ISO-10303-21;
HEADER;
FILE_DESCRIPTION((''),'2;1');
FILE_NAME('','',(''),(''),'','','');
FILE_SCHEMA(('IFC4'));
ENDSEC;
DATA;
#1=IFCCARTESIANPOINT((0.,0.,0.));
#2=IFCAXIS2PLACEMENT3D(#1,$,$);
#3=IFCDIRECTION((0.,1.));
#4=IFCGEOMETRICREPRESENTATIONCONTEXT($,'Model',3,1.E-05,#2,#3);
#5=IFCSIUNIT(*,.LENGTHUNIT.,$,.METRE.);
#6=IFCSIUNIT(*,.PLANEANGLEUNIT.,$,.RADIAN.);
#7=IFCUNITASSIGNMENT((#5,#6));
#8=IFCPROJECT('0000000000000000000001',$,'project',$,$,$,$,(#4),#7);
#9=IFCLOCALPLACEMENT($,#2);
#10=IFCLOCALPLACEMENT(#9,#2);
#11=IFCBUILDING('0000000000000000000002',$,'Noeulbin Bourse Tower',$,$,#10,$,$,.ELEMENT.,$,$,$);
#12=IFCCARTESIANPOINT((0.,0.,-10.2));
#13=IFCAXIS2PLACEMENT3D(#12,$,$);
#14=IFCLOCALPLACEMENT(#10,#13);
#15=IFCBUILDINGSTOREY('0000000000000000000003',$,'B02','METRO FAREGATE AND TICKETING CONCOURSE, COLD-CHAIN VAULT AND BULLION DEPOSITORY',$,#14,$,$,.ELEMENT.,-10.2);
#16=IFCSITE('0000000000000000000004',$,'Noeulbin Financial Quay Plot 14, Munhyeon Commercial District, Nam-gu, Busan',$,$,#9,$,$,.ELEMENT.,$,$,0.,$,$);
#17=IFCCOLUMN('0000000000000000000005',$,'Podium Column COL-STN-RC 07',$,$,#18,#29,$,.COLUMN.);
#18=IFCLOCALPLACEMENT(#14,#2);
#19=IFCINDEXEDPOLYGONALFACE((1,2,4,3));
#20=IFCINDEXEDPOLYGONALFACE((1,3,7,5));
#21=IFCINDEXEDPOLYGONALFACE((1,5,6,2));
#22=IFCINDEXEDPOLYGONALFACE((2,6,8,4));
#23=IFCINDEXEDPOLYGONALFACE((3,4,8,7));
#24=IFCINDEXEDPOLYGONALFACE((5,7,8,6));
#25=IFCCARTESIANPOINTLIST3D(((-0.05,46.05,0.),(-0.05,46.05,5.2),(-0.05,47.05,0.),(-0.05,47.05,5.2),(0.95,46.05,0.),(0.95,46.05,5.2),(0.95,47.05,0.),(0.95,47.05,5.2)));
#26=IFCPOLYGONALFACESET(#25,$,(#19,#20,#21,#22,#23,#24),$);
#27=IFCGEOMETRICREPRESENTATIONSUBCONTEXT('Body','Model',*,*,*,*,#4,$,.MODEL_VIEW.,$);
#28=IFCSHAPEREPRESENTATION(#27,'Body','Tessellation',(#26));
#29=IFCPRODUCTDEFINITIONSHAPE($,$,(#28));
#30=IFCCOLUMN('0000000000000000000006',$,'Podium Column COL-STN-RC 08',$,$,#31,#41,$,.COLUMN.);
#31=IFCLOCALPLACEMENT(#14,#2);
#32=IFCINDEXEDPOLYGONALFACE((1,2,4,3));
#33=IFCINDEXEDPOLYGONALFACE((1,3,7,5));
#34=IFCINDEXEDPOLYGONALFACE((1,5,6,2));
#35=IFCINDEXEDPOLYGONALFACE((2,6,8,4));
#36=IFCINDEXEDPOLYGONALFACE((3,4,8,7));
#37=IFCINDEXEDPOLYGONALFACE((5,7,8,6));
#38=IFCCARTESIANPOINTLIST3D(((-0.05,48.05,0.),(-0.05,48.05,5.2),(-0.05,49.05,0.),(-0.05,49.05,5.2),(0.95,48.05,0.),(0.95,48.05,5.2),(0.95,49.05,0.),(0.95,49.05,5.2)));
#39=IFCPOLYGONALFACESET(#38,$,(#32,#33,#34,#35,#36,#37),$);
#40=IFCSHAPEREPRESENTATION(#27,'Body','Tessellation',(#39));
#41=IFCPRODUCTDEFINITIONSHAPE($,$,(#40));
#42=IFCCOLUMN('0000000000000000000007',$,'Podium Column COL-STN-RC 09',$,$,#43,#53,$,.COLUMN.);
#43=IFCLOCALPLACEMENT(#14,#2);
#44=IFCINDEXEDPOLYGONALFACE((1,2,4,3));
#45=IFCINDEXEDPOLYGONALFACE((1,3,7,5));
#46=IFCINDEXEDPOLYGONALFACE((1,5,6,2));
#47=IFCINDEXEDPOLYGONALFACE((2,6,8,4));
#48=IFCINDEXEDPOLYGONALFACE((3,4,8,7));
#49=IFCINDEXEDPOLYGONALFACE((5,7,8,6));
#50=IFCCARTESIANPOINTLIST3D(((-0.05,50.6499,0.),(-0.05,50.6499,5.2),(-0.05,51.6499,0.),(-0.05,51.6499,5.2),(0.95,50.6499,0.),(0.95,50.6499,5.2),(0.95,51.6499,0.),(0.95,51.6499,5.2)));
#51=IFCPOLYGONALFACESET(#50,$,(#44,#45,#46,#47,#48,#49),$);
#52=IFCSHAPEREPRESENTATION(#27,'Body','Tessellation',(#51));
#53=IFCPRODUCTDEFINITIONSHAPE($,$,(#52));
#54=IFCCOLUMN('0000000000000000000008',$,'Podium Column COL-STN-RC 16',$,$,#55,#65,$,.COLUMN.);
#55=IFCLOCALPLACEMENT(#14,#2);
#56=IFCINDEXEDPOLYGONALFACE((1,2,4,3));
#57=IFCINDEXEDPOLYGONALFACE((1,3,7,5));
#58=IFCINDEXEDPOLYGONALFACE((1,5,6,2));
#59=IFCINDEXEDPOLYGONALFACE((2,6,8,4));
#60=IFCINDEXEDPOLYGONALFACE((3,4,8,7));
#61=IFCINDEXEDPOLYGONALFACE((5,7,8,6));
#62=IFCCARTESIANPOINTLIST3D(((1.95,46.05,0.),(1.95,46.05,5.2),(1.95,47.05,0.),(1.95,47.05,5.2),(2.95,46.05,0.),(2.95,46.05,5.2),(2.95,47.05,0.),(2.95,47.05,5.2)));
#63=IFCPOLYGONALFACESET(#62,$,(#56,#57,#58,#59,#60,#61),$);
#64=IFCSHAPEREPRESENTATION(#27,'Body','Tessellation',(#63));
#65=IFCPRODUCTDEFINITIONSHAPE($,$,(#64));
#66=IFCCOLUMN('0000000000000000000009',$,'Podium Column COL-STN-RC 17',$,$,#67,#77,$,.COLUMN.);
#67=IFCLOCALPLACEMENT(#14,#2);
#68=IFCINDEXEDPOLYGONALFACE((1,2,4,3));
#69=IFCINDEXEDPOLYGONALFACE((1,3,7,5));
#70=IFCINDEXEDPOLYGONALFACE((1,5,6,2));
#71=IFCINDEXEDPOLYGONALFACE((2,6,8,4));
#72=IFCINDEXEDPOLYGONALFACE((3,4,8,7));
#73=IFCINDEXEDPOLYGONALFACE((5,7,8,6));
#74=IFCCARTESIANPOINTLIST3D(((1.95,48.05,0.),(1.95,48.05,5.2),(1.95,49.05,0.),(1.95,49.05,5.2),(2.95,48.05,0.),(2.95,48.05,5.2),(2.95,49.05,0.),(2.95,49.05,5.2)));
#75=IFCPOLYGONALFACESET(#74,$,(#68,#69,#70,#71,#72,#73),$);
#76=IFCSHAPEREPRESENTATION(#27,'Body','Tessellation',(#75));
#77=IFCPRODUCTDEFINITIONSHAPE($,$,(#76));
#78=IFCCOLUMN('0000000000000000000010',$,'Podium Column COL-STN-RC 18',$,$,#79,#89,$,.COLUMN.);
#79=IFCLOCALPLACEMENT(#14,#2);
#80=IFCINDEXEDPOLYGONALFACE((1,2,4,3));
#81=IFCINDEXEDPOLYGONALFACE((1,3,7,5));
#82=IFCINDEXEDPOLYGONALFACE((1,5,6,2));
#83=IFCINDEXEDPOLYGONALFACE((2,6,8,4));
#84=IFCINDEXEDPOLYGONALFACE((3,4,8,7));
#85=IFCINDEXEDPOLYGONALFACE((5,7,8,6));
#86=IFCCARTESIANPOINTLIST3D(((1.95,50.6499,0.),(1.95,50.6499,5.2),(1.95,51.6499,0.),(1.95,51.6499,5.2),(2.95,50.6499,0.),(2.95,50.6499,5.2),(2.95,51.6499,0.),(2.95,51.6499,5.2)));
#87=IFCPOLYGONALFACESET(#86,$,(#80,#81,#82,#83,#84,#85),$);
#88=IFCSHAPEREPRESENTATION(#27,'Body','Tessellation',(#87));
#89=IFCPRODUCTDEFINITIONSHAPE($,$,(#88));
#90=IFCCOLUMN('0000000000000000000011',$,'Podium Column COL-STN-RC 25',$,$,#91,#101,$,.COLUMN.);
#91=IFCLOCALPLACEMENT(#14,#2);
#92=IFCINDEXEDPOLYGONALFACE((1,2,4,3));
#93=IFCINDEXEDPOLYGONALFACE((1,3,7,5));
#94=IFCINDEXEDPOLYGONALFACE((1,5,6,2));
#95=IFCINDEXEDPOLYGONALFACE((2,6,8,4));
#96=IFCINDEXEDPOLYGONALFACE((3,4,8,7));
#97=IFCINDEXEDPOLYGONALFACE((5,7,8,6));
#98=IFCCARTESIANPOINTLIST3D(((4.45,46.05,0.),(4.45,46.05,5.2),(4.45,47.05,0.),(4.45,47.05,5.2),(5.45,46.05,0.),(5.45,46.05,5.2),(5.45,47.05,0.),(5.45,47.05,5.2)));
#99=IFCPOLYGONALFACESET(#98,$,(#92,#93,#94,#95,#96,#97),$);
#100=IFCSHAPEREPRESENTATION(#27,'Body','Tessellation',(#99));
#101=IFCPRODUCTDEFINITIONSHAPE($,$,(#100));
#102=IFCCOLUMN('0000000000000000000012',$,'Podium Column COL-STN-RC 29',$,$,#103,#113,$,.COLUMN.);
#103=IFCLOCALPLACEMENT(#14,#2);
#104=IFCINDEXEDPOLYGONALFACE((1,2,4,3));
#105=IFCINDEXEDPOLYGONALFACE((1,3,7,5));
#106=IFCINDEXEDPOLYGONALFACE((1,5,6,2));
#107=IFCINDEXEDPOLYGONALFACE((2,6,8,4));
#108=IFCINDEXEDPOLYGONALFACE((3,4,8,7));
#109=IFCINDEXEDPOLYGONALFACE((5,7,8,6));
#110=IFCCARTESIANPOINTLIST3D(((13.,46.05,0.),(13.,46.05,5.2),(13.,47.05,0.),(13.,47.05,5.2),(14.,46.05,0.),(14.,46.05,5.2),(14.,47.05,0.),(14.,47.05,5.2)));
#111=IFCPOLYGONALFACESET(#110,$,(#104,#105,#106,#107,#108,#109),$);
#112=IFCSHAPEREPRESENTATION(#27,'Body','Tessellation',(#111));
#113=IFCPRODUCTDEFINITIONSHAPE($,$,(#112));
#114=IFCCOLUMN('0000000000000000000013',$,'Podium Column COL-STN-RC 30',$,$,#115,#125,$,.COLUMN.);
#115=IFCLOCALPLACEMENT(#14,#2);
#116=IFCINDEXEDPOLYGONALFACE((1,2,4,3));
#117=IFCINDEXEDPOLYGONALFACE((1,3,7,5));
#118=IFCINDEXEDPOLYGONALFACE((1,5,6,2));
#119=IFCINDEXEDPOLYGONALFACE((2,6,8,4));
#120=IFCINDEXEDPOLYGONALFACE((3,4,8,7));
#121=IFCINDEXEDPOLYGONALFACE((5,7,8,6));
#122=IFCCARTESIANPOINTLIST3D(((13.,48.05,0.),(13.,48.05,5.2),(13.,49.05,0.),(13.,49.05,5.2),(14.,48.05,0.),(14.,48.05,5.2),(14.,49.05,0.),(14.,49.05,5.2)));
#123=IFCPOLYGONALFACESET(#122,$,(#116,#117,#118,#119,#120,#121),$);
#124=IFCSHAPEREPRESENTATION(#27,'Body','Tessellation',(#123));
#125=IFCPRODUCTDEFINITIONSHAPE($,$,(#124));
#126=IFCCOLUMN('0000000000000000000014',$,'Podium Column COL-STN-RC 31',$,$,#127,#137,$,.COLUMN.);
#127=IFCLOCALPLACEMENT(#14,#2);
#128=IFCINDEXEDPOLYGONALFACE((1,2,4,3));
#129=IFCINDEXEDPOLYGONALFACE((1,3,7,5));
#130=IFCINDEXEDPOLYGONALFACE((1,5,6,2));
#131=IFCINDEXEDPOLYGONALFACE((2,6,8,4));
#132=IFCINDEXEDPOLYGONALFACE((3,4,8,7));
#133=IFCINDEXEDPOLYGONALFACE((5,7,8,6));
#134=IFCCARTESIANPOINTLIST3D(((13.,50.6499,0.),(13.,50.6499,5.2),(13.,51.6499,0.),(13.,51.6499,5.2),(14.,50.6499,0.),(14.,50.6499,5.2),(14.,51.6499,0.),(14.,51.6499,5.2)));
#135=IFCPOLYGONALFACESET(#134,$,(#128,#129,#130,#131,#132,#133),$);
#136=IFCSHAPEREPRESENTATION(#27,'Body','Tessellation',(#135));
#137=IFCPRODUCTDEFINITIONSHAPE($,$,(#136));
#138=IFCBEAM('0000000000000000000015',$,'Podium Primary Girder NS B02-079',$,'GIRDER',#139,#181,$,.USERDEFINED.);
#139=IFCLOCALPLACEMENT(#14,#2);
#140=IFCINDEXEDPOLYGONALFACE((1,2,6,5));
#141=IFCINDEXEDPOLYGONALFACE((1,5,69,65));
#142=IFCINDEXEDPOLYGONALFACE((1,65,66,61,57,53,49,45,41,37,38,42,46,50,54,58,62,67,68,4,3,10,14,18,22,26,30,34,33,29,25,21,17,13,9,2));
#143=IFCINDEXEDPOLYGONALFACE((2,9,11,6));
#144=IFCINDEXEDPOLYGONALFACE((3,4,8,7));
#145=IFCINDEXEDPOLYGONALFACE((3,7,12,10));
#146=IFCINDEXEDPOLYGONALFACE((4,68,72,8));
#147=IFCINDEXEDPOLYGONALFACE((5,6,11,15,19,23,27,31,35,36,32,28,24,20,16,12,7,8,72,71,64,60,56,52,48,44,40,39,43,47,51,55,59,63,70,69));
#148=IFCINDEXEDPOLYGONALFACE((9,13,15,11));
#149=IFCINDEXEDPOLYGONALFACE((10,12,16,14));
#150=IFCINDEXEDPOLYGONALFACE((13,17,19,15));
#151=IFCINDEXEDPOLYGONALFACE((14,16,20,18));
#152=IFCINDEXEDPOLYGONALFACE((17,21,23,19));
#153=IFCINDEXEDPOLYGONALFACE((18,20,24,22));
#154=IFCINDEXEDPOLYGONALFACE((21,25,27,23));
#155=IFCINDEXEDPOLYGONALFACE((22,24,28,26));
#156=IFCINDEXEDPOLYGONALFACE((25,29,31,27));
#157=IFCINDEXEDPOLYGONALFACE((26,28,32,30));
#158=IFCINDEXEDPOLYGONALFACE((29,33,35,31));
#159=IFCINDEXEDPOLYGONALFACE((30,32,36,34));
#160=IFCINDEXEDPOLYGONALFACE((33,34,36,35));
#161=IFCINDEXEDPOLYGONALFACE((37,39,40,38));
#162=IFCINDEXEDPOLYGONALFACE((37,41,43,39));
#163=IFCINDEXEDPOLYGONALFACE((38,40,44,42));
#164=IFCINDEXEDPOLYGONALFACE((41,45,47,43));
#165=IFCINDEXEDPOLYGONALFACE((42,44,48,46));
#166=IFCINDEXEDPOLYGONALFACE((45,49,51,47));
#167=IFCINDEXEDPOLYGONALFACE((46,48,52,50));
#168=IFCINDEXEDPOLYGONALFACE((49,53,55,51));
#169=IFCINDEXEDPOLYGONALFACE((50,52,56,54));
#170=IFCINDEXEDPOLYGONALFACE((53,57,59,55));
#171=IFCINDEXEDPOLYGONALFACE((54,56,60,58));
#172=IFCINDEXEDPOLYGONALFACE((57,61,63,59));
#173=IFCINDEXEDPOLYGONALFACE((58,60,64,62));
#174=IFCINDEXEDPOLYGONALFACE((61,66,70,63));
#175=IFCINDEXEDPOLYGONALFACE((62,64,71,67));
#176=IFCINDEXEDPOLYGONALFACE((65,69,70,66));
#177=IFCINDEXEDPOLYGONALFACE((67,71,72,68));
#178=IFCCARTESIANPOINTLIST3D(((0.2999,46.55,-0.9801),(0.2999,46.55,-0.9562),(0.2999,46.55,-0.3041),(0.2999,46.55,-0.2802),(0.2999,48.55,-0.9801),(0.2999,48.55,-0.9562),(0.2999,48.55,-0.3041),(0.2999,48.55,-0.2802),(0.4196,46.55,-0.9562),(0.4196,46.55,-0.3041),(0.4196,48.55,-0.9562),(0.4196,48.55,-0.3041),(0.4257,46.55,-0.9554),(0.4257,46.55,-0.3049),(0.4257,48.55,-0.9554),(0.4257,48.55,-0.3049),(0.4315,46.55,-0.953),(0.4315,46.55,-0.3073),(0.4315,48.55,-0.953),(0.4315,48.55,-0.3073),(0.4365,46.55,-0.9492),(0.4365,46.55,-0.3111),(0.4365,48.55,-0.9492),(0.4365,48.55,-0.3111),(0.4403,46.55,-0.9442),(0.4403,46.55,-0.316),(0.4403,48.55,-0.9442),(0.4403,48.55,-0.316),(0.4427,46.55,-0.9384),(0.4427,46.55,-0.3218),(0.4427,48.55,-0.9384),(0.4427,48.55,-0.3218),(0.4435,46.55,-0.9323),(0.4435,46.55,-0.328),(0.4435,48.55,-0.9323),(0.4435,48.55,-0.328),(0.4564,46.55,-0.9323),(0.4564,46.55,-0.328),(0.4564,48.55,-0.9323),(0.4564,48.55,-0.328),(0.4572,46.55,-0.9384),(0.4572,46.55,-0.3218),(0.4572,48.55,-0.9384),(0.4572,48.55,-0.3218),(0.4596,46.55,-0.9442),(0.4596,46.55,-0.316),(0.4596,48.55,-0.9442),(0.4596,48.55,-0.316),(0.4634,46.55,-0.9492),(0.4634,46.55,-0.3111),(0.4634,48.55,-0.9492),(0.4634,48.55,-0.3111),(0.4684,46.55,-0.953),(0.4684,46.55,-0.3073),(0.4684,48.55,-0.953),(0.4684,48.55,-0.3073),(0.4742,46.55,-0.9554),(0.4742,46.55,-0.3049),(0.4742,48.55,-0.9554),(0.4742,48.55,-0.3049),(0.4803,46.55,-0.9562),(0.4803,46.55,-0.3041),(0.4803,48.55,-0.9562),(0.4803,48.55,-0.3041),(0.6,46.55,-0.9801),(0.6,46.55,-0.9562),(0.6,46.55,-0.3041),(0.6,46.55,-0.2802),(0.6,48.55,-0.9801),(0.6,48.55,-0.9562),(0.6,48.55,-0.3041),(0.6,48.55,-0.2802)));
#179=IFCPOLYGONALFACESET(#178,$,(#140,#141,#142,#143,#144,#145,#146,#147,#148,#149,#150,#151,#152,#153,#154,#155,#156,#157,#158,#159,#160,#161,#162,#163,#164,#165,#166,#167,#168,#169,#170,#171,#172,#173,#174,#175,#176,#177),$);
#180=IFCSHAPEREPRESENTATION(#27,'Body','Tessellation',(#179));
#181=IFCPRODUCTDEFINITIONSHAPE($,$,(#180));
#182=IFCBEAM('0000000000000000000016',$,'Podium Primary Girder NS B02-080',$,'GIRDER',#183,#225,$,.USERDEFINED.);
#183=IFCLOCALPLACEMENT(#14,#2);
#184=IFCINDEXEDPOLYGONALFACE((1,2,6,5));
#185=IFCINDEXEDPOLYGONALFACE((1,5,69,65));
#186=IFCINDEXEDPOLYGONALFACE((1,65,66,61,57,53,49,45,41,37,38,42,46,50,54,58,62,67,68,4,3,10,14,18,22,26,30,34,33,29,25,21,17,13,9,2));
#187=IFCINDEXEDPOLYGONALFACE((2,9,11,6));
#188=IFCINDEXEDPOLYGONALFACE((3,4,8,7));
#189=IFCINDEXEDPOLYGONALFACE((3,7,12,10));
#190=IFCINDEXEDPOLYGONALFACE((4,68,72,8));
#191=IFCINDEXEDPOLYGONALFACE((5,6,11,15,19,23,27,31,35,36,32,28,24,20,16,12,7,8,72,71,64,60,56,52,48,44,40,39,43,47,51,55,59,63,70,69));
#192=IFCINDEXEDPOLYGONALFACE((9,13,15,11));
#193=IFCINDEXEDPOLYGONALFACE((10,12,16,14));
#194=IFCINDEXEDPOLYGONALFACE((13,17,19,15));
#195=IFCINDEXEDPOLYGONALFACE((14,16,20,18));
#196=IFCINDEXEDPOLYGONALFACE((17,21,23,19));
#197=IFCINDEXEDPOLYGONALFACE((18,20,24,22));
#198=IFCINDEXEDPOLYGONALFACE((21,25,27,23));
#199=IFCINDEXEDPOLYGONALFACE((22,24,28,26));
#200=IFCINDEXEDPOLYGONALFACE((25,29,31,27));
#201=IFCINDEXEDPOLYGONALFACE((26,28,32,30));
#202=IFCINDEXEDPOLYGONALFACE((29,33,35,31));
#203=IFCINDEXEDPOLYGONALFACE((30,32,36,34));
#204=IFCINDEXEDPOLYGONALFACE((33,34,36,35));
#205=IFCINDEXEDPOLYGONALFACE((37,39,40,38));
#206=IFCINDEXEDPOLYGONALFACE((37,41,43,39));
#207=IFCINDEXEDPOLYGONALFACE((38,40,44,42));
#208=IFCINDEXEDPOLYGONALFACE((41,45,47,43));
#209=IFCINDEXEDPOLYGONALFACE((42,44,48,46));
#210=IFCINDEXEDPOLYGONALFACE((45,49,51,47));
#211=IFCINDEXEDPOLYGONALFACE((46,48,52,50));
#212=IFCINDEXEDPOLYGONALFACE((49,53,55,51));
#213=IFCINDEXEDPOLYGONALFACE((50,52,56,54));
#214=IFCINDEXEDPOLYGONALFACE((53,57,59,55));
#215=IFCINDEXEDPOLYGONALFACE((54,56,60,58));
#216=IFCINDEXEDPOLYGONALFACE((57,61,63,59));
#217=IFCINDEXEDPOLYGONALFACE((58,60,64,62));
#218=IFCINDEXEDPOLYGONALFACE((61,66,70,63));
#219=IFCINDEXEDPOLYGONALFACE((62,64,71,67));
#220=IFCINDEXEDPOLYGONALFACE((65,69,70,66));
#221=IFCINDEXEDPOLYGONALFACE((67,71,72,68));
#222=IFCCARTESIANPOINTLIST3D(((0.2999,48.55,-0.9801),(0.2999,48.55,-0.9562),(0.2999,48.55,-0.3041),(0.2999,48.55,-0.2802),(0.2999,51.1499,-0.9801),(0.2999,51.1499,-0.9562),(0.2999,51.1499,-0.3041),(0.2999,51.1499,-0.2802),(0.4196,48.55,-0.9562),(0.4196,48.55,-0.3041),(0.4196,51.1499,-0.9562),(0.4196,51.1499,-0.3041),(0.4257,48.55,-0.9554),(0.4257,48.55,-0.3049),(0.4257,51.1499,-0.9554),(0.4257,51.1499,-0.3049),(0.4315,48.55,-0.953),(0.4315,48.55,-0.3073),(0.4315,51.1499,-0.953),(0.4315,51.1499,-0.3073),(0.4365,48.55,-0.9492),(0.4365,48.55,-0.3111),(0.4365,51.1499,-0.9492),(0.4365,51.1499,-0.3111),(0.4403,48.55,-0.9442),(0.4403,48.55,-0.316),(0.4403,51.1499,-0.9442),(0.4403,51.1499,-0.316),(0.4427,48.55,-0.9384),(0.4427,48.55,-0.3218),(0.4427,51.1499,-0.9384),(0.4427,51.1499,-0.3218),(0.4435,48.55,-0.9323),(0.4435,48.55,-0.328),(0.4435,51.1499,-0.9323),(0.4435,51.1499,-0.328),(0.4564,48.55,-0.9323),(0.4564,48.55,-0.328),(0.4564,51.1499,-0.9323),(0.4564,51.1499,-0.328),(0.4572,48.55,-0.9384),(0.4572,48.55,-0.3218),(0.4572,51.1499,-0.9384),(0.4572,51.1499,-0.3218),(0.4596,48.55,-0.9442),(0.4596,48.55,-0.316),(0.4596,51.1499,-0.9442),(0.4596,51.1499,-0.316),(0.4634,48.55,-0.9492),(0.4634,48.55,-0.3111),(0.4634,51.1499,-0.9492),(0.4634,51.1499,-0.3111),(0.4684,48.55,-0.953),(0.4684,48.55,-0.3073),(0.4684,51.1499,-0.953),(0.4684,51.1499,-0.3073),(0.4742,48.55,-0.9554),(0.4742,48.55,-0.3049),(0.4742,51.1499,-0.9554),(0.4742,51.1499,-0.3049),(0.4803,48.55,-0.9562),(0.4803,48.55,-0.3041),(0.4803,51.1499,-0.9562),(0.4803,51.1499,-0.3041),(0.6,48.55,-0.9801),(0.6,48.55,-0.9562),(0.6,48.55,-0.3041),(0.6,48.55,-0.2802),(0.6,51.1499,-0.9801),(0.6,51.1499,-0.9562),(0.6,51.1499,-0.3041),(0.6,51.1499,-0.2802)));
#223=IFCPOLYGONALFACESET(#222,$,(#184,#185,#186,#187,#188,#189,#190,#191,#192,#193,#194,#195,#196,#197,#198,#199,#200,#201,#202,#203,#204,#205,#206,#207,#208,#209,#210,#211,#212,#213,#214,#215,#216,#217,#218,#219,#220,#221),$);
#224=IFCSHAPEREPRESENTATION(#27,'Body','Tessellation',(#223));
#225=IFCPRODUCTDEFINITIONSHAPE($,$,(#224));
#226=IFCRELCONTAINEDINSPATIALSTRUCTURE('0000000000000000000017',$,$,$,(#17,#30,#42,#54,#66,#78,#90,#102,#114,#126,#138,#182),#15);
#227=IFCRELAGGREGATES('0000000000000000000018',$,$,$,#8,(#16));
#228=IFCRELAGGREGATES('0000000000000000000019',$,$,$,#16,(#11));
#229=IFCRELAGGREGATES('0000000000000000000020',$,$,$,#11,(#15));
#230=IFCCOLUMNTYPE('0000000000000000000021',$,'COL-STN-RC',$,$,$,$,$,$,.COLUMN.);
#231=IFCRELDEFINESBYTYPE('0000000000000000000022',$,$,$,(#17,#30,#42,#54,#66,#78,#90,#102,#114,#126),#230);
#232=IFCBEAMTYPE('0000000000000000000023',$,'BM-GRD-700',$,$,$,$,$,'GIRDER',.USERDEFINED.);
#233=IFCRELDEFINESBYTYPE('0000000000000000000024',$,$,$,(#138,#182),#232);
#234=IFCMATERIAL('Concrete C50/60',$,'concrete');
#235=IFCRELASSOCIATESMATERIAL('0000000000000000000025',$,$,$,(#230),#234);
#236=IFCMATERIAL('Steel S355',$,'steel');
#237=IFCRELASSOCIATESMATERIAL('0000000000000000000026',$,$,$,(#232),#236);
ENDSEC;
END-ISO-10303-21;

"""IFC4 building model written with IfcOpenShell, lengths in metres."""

from ifc_helpers import new_model, si_unit, direction, frame, origin, origin_2d, place, context, subcontext, project, spatial, rectangle, i_section, extrude, material, material_profile, profile_set, type_object, element, save


model = new_model("IFC4")

# Units and contexts
model_context = context("Model", 3, precision=1e-05, world=origin(), true_north=direction((0.0, 1.0)))
body_context = subcontext(model_context, "Body", "Model", "MODEL_VIEW")
ifc_project = project(units=[si_unit("LENGTHUNIT", "METRE"), si_unit("PLANEANGLEUNIT", "RADIAN")], contexts=[model_context])

# Site, building, storey
site_placement = place(None, origin())
site = spatial("IfcSite", under=ifc_project, at=site_placement, Name="Noeulbin Financial Quay Plot 14, Munhyeon Commercial District, Nam-gu, Busan", CompositionType="ELEMENT", RefElevation=0.0)
building_placement = place(site_placement, origin())
building = spatial("IfcBuilding", under=site, at=building_placement, Name="Noeulbin Bourse Tower", CompositionType="ELEMENT")
storey_placement = place(building_placement, frame((0.0, 0.0, -10.2)))
storey = spatial("IfcBuildingStorey", under=building, at=storey_placement, Name="B02", Description="METRO FAREGATE AND TICKETING CONCOURSE, COLD-CHAIN VAULT AND BULLION DEPOSITORY", CompositionType="ELEMENT", Elevation=-10.2)

# Columns
ifc_material_1 = material(Name="Concrete C50/60", Category="concrete")
ifc_material_profile_1 = material_profile(ifc_material_1, rectangle(XDim=1.0, YDim=1.0, at=origin_2d()), Name="RC-COL-1000x1000", Category="LoadBearing")
ifc_profile_set_1 = profile_set([ifc_material_profile_1], Name="Concrete C50/60")
column_type = type_object("IfcColumnType", Name="COL-STN-RC", PredefinedType="COLUMN", material=ifc_profile_set_1)
for number, where, z_axis, x_axis, name in (
    (1, (0.45, 46.55, 0.0), (0.0, 0.0, 1.0), (1.0, 0.0, 0.0), "Podium Column COL-STN-RC 07"),
    (2, (0.45, 48.55, 0.0), (0.0, 0.0, 1.0), (1.0, 0.0, 0.0), "Podium Column COL-STN-RC 08"),
    (3, (0.45, 51.1499, 0.0), (0.0, 0.0, 1.0), (1.0, 0.0, 0.0), "Podium Column COL-STN-RC 09"),
    (4, (2.45, 46.55, 0.0), (0.0, 0.0, 1.0), (1.0, 0.0, 0.0), "Podium Column COL-STN-RC 16"),
    (5, (2.45, 48.55, 0.0), (0.0, 0.0, 1.0), (1.0, 0.0, 0.0), "Podium Column COL-STN-RC 17"),
    (6, (2.45, 51.1499, 0.0), (0.0, 0.0, 1.0), (1.0, 0.0, 0.0), "Podium Column COL-STN-RC 18"),
    (7, (4.95, 46.55, 0.0), (0.0, 0.0, 1.0), (1.0, 0.0, 0.0), "Podium Column COL-STN-RC 25"),
    (8, (13.5, 46.55, 0.0), (0.0, 0.0, 1.0), (1.0, 0.0, 0.0), "Podium Column COL-STN-RC 29"),
    (9, (13.5, 48.55, 0.0), (0.0, 0.0, 1.0), (1.0, 0.0, 0.0), "Podium Column COL-STN-RC 30"),
    (10, (13.5, 51.1499, 0.0), (0.0, 0.0, 1.0), (1.0, 0.0, 0.0), "Podium Column COL-STN-RC 31"),
):
    element("IfcColumn", number, at=place(storey_placement, frame(where, z_axis=z_axis, x_axis=x_axis)), inside=storey, type_object=column_type, Name=name, PredefinedType="COLUMN", context=body_context, shape_type="SweptSolid", body=[
        extrude(rectangle(XDim=1.0, YDim=1.0, at=origin_2d()), origin(), (0.0, 0.0, 1.0), 5.2),
    ])

# Beams
ifc_material_2 = material(Name="Steel S355", Category="steel")
ifc_material_profile_2 = material_profile(ifc_material_2, i_section(OverallWidth=0.3, OverallDepth=0.7, WebThickness=0.0129, FlangeThickness=0.0239, FilletRadius=0.0239, at=origin_2d()), Name="H-700x300x13x24", Category="LoadBearing")
ifc_profile_set_2 = profile_set([ifc_material_profile_2], Name="Steel S355")
beam_type_1 = type_object("IfcBeamType", Name="BM-GRD-700", ElementType="GIRDER", PredefinedType="USERDEFINED", material=ifc_profile_set_2)
beam_1_placement = place(storey_placement, frame((0.45, 46.55, -0.6301), z_axis=(0.0, 1.0, 0.0), x_axis=(-1.0, 0.0, 0.0)))
element("IfcBeam", 11, at=beam_1_placement, inside=storey, type_object=beam_type_1, Name="Podium Primary Girder NS B02-079", ObjectType="GIRDER", PredefinedType="USERDEFINED", context=body_context, shape_type="SweptSolid", body=[
    extrude(i_section(OverallWidth=0.3, OverallDepth=0.7, WebThickness=0.0129, FlangeThickness=0.0239, FilletRadius=0.0239, at=origin_2d()), origin(), (0.0, 0.0, 1.0), 2.0),
])
beam_2_placement = place(storey_placement, frame((0.45, 48.55, -0.6301), z_axis=(0.0, 1.0, 0.0), x_axis=(-1.0, 0.0, 0.0)))
element("IfcBeam", 12, at=beam_2_placement, inside=storey, type_object=beam_type_1, Name="Podium Primary Girder NS B02-080", ObjectType="GIRDER", PredefinedType="USERDEFINED", context=body_context, shape_type="SweptSolid", body=[
    extrude(i_section(OverallWidth=0.3, OverallDepth=0.7, WebThickness=0.0129, FlangeThickness=0.0239, FilletRadius=0.0239, at=origin_2d()), origin(), (0.0, 0.0, 1.0), 2.5999),
])

save(model, "model.ifc")
